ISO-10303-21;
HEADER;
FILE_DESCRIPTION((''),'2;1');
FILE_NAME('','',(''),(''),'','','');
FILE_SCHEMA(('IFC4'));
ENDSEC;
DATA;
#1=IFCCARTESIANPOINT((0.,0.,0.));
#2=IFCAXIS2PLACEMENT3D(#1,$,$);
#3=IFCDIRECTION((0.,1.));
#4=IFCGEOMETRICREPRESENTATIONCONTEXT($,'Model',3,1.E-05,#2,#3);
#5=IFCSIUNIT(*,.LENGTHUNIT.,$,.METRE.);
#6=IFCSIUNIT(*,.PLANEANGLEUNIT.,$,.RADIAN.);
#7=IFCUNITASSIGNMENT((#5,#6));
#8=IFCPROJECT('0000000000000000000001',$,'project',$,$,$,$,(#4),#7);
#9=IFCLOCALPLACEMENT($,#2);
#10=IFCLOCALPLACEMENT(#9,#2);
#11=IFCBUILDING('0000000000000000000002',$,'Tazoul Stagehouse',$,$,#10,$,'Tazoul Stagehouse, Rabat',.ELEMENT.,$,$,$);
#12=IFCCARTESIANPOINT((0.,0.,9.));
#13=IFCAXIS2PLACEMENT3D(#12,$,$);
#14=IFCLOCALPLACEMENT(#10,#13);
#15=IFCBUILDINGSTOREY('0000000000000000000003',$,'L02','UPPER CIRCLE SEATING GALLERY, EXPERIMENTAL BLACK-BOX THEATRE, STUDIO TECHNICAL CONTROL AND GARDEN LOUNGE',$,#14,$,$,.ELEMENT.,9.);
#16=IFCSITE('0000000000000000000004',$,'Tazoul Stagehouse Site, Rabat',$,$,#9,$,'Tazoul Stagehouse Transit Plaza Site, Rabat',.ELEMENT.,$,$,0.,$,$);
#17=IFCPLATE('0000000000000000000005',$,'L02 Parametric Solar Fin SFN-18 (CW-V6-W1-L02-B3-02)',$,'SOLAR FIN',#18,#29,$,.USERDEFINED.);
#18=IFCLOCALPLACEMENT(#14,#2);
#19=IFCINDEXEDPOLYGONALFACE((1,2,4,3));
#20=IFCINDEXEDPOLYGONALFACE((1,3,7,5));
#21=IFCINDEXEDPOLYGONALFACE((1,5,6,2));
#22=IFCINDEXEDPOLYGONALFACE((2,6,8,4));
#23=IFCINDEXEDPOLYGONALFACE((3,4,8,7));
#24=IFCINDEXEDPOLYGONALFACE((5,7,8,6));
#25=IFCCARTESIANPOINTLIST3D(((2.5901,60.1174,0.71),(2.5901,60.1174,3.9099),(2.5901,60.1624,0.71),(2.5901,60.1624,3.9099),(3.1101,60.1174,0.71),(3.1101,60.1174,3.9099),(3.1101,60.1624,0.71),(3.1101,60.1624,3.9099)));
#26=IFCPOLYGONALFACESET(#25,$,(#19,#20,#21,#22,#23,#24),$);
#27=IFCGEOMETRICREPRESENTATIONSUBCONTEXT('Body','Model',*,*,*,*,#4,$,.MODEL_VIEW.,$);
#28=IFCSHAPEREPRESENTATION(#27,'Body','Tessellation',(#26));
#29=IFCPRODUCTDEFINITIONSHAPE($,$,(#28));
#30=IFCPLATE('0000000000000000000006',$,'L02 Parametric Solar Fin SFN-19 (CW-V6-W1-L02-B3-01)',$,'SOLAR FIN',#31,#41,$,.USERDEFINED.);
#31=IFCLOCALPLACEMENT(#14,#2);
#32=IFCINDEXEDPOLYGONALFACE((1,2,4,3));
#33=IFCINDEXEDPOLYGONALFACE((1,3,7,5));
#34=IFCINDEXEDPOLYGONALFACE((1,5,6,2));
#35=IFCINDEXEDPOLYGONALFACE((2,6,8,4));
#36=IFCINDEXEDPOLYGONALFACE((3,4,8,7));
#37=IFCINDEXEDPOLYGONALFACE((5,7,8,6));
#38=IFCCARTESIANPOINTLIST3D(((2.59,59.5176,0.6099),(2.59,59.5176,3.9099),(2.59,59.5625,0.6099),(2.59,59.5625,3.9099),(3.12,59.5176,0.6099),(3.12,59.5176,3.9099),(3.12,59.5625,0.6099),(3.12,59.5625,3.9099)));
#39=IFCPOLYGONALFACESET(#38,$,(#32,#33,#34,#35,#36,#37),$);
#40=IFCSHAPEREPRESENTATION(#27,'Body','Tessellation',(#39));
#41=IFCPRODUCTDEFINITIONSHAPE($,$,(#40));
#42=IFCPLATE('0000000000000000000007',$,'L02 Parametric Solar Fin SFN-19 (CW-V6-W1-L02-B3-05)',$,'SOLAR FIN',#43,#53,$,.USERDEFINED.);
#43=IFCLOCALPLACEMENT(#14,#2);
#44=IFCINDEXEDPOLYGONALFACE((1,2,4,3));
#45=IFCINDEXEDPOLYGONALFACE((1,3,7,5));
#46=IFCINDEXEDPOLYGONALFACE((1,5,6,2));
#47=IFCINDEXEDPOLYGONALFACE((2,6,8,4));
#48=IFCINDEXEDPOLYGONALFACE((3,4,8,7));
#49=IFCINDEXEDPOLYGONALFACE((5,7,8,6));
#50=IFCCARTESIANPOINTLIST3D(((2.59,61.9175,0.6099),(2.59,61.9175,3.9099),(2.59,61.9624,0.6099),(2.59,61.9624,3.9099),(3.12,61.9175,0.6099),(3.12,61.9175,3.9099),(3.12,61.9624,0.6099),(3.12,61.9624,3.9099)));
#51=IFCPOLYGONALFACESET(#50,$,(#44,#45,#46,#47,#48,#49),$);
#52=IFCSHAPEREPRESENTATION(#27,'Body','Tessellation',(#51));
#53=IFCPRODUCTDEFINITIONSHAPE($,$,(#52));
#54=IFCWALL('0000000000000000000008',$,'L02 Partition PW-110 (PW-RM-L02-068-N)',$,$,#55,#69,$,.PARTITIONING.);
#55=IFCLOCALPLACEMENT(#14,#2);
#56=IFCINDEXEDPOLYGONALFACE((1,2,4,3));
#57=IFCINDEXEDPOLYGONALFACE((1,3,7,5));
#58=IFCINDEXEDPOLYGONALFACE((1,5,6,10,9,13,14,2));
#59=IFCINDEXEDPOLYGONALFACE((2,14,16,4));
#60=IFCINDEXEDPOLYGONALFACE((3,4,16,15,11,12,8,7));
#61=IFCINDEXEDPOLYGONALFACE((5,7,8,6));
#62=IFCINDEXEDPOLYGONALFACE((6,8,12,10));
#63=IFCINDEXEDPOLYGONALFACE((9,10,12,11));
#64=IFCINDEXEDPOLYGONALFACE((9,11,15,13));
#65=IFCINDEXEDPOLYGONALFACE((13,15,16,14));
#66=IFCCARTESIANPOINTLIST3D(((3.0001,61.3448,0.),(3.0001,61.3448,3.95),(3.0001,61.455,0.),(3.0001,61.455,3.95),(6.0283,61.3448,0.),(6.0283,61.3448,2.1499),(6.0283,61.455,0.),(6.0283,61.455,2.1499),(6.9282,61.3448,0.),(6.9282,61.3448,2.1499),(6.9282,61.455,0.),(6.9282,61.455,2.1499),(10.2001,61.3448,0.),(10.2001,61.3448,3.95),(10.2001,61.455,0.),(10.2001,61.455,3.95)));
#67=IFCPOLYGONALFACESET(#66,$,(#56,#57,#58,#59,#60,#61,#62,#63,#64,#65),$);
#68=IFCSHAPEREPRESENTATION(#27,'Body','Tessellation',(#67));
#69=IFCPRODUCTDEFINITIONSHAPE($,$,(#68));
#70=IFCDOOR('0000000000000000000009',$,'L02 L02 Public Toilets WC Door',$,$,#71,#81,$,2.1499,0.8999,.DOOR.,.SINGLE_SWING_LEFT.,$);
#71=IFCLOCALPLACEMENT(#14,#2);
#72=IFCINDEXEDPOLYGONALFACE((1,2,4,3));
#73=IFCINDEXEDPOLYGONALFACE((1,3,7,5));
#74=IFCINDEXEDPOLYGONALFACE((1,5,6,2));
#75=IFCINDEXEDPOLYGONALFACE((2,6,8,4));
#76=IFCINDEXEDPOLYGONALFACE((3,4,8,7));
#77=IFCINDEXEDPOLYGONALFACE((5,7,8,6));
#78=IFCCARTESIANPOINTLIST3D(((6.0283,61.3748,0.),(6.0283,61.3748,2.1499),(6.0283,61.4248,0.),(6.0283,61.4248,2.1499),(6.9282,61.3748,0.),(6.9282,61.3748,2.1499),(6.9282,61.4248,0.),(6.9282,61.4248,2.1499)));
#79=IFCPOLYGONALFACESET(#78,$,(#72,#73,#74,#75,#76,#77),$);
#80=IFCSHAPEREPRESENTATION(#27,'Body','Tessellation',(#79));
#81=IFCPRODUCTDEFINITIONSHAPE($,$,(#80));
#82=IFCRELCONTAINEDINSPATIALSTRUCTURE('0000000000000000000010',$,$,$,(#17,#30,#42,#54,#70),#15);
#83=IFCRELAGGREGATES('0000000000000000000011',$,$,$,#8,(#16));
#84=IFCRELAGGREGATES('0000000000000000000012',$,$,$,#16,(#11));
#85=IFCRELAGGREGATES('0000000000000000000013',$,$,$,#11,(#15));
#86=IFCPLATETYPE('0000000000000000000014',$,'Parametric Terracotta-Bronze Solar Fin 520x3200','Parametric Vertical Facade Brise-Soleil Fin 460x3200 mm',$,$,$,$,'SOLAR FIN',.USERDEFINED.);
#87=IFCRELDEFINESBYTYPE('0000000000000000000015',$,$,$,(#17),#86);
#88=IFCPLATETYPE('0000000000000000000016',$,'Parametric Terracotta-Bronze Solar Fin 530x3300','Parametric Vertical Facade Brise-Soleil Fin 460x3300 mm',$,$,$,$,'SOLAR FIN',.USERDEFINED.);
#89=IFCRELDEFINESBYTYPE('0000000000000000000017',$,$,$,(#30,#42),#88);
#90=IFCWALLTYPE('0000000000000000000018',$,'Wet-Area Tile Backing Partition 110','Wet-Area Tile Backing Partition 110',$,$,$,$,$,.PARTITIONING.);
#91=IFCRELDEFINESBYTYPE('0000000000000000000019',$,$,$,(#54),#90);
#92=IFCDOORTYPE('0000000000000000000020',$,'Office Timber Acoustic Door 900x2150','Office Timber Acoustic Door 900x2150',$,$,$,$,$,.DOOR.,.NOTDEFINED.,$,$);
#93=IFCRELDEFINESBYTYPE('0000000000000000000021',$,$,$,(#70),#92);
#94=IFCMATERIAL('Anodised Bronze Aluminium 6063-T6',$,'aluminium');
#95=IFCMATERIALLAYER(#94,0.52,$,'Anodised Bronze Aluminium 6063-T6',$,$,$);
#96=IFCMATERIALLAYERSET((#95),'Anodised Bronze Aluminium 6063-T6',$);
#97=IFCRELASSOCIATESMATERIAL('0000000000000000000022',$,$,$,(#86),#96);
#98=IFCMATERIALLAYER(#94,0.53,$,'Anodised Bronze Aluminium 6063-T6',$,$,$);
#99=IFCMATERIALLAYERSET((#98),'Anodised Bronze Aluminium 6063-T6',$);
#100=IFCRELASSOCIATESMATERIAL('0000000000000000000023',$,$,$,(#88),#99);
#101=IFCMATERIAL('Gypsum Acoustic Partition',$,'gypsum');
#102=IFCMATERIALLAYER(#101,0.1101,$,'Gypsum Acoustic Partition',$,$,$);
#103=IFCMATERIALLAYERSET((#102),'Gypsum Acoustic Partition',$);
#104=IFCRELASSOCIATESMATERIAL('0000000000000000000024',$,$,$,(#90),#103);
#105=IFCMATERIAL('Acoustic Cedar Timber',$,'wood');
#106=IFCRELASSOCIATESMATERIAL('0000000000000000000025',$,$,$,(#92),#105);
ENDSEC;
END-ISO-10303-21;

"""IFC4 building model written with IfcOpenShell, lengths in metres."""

from ifc_helpers import new_model, si_unit, direction, frame, frame_2d, origin, origin_2d, place, context, subcontext, project, spatial, rectangle, extrude, material, layer, layer_set, type_object, element, fill, save


model = new_model("IFC4")

# Units and contexts
model_context = context("Model", 3, precision=1e-05, world=origin(), true_north=direction((0.0, 1.0)))
body_context = subcontext(model_context, "Body", "Model", "MODEL_VIEW")
ifc_project = project(units=[si_unit("LENGTHUNIT", "METRE"), si_unit("PLANEANGLEUNIT", "RADIAN")], contexts=[model_context])

# Shared definitions
ifc_material_1 = material(Name="Anodised Bronze Aluminium 6063-T6", Category="aluminium")
site_placement = place(None, origin())
building_placement = place(site_placement, origin())
storey_placement = place(building_placement, frame((0.0, 0.0, 9.0)))

# Site, building, storey
site = spatial("IfcSite", under=ifc_project, at=site_placement, Name="Tazoul Stagehouse Site, Rabat", LongName="Tazoul Stagehouse Transit Plaza Site, Rabat", CompositionType="ELEMENT", RefElevation=0.0)
building = spatial("IfcBuilding", under=site, at=building_placement, Name="Tazoul Stagehouse", LongName="Tazoul Stagehouse, Rabat", CompositionType="ELEMENT")
storey = spatial("IfcBuildingStorey", under=building, at=storey_placement, Name="L02", Description="UPPER CIRCLE SEATING GALLERY, EXPERIMENTAL BLACK-BOX THEATRE, STUDIO TECHNICAL CONTROL AND GARDEN LOUNGE", CompositionType="ELEMENT", Elevation=9.0)

# Plates
ifc_layer_1 = layer(ifc_material_1, 0.52, Name="Anodised Bronze Aluminium 6063-T6")
ifc_layer_set_1 = layer_set([ifc_layer_1], Name="Anodised Bronze Aluminium 6063-T6")
plate_type_1 = type_object("IfcPlateType", Name="Parametric Terracotta-Bronze Solar Fin 520x3200", Description="Parametric Vertical Facade Brise-Soleil Fin 460x3200 mm", ElementType="SOLAR FIN", PredefinedType="USERDEFINED", material=ifc_layer_set_1)
plate_1_placement = place(storey_placement, frame((2.8501, 60.1399, 0.71), z_axis=(0.0, 0.0, 1.0), x_axis=(0.0, 1.0, 0.0)))
element("IfcPlate", 1, at=plate_1_placement, inside=storey, type_object=plate_type_1, Name="L02 Parametric Solar Fin SFN-18 (CW-V6-W1-L02-B3-02)", ObjectType="SOLAR FIN", PredefinedType="USERDEFINED", context=body_context, shape_type="SweptSolid", body=[
    extrude(rectangle(XDim=0.0449, YDim=0.52, at=origin_2d()), origin(), (0.0, 0.0, 1.0), 3.2),
])
ifc_layer_2 = layer(ifc_material_1, 0.53, Name="Anodised Bronze Aluminium 6063-T6")
ifc_layer_set_2 = layer_set([ifc_layer_2], Name="Anodised Bronze Aluminium 6063-T6")
plate_type_2 = type_object("IfcPlateType", Name="Parametric Terracotta-Bronze Solar Fin 530x3300", Description="Parametric Vertical Facade Brise-Soleil Fin 460x3300 mm", ElementType="SOLAR FIN", PredefinedType="USERDEFINED", material=ifc_layer_set_2)
for number, where, z_axis, x_axis, name in (
    (2, (2.855, 59.54, 0.6099), (0.0, 0.0, 1.0), (0.0, 1.0, 0.0), "L02 Parametric Solar Fin SFN-19 (CW-V6-W1-L02-B3-01)"),
    (3, (2.855, 61.9399, 0.6099), (0.0, 0.0, 1.0), (0.0, 1.0, 0.0), "L02 Parametric Solar Fin SFN-19 (CW-V6-W1-L02-B3-05)"),
):
    element("IfcPlate", number, at=place(storey_placement, frame(where, z_axis=z_axis, x_axis=x_axis)), inside=storey, type_object=plate_type_2, Name=name, ObjectType="SOLAR FIN", PredefinedType="USERDEFINED", context=body_context, shape_type="SweptSolid", body=[
        extrude(rectangle(XDim=0.0449, YDim=0.53, at=origin_2d()), origin(), (0.0, 0.0, 1.0), 3.3),
    ])

# Wall, opening, door
ifc_material_2 = material(Name="Gypsum Acoustic Partition", Category="gypsum")
ifc_layer_3 = layer(ifc_material_2, 0.1101, Name="Gypsum Acoustic Partition")
ifc_layer_set_3 = layer_set([ifc_layer_3], Name="Gypsum Acoustic Partition")
wall_type = type_object("IfcWallType", Name="Wet-Area Tile Backing Partition 110", Description="Wet-Area Tile Backing Partition 110", PredefinedType="PARTITIONING", material=ifc_layer_set_3)
wall_placement = place(storey_placement, frame((3.0, 61.3999, 0.0), z_axis=(0.0, 0.0, 1.0), x_axis=(1.0, 0.0, 0.0)))
wall = element("IfcWall", 4, at=wall_placement, inside=storey, type_object=wall_type, Name="L02 Partition PW-110 (PW-RM-L02-068-N)", PredefinedType="PARTITIONING", context=body_context, shape_type="SweptSolid", body=[
    extrude(rectangle(XDim=7.2, YDim=0.1101, at=frame_2d((3.6001, 0.0))), origin(), (0.0, 0.0, 1.0), 3.95),
])
opening_placement = place(wall_placement, frame((3.0283, 0.0, 0.0)))
opening = element("IfcOpeningElement", 5, at=opening_placement, cuts=wall, PredefinedType="OPENING", context=body_context, shape_type="SweptSolid", body=[
    extrude(rectangle(XDim=0.8999, YDim=2.1499, at=frame_2d((0.45, 1.075))), frame((0.0, 0.075, 0.0), z_axis=(0.0, -1.0, 0.0), x_axis=(1.0, 0.0, 0.0)), (0.0, 0.0, 1.0), 0.1501),
])
ifc_material_3 = material(Name="Acoustic Cedar Timber", Category="wood")
door_type = type_object("IfcDoorType", Name="Office Timber Acoustic Door 900x2150", Description="Office Timber Acoustic Door 900x2150", OperationType="NOTDEFINED", PredefinedType="DOOR", material=ifc_material_3)
door_placement = place(opening_placement, origin())
door = element("IfcDoor", 6, at=door_placement, inside=storey, type_object=door_type, Name="L02 L02 Public Toilets WC Door", OperationType="SINGLE_SWING_LEFT", OverallHeight=2.1499, OverallWidth=0.8999, PredefinedType="DOOR", context=body_context, shape_type="SweptSolid", body=[
    extrude(rectangle(XDim=0.8999, YDim=2.1499, at=frame_2d((0.45, 1.075))), frame((0.0, 0.0249, 0.0), z_axis=(0.0, -1.0, 0.0), x_axis=(1.0, 0.0, 0.0)), (0.0, 0.0, 1.0), 0.05),
])
fill(opening, door)

save(model, "model.ifc")
